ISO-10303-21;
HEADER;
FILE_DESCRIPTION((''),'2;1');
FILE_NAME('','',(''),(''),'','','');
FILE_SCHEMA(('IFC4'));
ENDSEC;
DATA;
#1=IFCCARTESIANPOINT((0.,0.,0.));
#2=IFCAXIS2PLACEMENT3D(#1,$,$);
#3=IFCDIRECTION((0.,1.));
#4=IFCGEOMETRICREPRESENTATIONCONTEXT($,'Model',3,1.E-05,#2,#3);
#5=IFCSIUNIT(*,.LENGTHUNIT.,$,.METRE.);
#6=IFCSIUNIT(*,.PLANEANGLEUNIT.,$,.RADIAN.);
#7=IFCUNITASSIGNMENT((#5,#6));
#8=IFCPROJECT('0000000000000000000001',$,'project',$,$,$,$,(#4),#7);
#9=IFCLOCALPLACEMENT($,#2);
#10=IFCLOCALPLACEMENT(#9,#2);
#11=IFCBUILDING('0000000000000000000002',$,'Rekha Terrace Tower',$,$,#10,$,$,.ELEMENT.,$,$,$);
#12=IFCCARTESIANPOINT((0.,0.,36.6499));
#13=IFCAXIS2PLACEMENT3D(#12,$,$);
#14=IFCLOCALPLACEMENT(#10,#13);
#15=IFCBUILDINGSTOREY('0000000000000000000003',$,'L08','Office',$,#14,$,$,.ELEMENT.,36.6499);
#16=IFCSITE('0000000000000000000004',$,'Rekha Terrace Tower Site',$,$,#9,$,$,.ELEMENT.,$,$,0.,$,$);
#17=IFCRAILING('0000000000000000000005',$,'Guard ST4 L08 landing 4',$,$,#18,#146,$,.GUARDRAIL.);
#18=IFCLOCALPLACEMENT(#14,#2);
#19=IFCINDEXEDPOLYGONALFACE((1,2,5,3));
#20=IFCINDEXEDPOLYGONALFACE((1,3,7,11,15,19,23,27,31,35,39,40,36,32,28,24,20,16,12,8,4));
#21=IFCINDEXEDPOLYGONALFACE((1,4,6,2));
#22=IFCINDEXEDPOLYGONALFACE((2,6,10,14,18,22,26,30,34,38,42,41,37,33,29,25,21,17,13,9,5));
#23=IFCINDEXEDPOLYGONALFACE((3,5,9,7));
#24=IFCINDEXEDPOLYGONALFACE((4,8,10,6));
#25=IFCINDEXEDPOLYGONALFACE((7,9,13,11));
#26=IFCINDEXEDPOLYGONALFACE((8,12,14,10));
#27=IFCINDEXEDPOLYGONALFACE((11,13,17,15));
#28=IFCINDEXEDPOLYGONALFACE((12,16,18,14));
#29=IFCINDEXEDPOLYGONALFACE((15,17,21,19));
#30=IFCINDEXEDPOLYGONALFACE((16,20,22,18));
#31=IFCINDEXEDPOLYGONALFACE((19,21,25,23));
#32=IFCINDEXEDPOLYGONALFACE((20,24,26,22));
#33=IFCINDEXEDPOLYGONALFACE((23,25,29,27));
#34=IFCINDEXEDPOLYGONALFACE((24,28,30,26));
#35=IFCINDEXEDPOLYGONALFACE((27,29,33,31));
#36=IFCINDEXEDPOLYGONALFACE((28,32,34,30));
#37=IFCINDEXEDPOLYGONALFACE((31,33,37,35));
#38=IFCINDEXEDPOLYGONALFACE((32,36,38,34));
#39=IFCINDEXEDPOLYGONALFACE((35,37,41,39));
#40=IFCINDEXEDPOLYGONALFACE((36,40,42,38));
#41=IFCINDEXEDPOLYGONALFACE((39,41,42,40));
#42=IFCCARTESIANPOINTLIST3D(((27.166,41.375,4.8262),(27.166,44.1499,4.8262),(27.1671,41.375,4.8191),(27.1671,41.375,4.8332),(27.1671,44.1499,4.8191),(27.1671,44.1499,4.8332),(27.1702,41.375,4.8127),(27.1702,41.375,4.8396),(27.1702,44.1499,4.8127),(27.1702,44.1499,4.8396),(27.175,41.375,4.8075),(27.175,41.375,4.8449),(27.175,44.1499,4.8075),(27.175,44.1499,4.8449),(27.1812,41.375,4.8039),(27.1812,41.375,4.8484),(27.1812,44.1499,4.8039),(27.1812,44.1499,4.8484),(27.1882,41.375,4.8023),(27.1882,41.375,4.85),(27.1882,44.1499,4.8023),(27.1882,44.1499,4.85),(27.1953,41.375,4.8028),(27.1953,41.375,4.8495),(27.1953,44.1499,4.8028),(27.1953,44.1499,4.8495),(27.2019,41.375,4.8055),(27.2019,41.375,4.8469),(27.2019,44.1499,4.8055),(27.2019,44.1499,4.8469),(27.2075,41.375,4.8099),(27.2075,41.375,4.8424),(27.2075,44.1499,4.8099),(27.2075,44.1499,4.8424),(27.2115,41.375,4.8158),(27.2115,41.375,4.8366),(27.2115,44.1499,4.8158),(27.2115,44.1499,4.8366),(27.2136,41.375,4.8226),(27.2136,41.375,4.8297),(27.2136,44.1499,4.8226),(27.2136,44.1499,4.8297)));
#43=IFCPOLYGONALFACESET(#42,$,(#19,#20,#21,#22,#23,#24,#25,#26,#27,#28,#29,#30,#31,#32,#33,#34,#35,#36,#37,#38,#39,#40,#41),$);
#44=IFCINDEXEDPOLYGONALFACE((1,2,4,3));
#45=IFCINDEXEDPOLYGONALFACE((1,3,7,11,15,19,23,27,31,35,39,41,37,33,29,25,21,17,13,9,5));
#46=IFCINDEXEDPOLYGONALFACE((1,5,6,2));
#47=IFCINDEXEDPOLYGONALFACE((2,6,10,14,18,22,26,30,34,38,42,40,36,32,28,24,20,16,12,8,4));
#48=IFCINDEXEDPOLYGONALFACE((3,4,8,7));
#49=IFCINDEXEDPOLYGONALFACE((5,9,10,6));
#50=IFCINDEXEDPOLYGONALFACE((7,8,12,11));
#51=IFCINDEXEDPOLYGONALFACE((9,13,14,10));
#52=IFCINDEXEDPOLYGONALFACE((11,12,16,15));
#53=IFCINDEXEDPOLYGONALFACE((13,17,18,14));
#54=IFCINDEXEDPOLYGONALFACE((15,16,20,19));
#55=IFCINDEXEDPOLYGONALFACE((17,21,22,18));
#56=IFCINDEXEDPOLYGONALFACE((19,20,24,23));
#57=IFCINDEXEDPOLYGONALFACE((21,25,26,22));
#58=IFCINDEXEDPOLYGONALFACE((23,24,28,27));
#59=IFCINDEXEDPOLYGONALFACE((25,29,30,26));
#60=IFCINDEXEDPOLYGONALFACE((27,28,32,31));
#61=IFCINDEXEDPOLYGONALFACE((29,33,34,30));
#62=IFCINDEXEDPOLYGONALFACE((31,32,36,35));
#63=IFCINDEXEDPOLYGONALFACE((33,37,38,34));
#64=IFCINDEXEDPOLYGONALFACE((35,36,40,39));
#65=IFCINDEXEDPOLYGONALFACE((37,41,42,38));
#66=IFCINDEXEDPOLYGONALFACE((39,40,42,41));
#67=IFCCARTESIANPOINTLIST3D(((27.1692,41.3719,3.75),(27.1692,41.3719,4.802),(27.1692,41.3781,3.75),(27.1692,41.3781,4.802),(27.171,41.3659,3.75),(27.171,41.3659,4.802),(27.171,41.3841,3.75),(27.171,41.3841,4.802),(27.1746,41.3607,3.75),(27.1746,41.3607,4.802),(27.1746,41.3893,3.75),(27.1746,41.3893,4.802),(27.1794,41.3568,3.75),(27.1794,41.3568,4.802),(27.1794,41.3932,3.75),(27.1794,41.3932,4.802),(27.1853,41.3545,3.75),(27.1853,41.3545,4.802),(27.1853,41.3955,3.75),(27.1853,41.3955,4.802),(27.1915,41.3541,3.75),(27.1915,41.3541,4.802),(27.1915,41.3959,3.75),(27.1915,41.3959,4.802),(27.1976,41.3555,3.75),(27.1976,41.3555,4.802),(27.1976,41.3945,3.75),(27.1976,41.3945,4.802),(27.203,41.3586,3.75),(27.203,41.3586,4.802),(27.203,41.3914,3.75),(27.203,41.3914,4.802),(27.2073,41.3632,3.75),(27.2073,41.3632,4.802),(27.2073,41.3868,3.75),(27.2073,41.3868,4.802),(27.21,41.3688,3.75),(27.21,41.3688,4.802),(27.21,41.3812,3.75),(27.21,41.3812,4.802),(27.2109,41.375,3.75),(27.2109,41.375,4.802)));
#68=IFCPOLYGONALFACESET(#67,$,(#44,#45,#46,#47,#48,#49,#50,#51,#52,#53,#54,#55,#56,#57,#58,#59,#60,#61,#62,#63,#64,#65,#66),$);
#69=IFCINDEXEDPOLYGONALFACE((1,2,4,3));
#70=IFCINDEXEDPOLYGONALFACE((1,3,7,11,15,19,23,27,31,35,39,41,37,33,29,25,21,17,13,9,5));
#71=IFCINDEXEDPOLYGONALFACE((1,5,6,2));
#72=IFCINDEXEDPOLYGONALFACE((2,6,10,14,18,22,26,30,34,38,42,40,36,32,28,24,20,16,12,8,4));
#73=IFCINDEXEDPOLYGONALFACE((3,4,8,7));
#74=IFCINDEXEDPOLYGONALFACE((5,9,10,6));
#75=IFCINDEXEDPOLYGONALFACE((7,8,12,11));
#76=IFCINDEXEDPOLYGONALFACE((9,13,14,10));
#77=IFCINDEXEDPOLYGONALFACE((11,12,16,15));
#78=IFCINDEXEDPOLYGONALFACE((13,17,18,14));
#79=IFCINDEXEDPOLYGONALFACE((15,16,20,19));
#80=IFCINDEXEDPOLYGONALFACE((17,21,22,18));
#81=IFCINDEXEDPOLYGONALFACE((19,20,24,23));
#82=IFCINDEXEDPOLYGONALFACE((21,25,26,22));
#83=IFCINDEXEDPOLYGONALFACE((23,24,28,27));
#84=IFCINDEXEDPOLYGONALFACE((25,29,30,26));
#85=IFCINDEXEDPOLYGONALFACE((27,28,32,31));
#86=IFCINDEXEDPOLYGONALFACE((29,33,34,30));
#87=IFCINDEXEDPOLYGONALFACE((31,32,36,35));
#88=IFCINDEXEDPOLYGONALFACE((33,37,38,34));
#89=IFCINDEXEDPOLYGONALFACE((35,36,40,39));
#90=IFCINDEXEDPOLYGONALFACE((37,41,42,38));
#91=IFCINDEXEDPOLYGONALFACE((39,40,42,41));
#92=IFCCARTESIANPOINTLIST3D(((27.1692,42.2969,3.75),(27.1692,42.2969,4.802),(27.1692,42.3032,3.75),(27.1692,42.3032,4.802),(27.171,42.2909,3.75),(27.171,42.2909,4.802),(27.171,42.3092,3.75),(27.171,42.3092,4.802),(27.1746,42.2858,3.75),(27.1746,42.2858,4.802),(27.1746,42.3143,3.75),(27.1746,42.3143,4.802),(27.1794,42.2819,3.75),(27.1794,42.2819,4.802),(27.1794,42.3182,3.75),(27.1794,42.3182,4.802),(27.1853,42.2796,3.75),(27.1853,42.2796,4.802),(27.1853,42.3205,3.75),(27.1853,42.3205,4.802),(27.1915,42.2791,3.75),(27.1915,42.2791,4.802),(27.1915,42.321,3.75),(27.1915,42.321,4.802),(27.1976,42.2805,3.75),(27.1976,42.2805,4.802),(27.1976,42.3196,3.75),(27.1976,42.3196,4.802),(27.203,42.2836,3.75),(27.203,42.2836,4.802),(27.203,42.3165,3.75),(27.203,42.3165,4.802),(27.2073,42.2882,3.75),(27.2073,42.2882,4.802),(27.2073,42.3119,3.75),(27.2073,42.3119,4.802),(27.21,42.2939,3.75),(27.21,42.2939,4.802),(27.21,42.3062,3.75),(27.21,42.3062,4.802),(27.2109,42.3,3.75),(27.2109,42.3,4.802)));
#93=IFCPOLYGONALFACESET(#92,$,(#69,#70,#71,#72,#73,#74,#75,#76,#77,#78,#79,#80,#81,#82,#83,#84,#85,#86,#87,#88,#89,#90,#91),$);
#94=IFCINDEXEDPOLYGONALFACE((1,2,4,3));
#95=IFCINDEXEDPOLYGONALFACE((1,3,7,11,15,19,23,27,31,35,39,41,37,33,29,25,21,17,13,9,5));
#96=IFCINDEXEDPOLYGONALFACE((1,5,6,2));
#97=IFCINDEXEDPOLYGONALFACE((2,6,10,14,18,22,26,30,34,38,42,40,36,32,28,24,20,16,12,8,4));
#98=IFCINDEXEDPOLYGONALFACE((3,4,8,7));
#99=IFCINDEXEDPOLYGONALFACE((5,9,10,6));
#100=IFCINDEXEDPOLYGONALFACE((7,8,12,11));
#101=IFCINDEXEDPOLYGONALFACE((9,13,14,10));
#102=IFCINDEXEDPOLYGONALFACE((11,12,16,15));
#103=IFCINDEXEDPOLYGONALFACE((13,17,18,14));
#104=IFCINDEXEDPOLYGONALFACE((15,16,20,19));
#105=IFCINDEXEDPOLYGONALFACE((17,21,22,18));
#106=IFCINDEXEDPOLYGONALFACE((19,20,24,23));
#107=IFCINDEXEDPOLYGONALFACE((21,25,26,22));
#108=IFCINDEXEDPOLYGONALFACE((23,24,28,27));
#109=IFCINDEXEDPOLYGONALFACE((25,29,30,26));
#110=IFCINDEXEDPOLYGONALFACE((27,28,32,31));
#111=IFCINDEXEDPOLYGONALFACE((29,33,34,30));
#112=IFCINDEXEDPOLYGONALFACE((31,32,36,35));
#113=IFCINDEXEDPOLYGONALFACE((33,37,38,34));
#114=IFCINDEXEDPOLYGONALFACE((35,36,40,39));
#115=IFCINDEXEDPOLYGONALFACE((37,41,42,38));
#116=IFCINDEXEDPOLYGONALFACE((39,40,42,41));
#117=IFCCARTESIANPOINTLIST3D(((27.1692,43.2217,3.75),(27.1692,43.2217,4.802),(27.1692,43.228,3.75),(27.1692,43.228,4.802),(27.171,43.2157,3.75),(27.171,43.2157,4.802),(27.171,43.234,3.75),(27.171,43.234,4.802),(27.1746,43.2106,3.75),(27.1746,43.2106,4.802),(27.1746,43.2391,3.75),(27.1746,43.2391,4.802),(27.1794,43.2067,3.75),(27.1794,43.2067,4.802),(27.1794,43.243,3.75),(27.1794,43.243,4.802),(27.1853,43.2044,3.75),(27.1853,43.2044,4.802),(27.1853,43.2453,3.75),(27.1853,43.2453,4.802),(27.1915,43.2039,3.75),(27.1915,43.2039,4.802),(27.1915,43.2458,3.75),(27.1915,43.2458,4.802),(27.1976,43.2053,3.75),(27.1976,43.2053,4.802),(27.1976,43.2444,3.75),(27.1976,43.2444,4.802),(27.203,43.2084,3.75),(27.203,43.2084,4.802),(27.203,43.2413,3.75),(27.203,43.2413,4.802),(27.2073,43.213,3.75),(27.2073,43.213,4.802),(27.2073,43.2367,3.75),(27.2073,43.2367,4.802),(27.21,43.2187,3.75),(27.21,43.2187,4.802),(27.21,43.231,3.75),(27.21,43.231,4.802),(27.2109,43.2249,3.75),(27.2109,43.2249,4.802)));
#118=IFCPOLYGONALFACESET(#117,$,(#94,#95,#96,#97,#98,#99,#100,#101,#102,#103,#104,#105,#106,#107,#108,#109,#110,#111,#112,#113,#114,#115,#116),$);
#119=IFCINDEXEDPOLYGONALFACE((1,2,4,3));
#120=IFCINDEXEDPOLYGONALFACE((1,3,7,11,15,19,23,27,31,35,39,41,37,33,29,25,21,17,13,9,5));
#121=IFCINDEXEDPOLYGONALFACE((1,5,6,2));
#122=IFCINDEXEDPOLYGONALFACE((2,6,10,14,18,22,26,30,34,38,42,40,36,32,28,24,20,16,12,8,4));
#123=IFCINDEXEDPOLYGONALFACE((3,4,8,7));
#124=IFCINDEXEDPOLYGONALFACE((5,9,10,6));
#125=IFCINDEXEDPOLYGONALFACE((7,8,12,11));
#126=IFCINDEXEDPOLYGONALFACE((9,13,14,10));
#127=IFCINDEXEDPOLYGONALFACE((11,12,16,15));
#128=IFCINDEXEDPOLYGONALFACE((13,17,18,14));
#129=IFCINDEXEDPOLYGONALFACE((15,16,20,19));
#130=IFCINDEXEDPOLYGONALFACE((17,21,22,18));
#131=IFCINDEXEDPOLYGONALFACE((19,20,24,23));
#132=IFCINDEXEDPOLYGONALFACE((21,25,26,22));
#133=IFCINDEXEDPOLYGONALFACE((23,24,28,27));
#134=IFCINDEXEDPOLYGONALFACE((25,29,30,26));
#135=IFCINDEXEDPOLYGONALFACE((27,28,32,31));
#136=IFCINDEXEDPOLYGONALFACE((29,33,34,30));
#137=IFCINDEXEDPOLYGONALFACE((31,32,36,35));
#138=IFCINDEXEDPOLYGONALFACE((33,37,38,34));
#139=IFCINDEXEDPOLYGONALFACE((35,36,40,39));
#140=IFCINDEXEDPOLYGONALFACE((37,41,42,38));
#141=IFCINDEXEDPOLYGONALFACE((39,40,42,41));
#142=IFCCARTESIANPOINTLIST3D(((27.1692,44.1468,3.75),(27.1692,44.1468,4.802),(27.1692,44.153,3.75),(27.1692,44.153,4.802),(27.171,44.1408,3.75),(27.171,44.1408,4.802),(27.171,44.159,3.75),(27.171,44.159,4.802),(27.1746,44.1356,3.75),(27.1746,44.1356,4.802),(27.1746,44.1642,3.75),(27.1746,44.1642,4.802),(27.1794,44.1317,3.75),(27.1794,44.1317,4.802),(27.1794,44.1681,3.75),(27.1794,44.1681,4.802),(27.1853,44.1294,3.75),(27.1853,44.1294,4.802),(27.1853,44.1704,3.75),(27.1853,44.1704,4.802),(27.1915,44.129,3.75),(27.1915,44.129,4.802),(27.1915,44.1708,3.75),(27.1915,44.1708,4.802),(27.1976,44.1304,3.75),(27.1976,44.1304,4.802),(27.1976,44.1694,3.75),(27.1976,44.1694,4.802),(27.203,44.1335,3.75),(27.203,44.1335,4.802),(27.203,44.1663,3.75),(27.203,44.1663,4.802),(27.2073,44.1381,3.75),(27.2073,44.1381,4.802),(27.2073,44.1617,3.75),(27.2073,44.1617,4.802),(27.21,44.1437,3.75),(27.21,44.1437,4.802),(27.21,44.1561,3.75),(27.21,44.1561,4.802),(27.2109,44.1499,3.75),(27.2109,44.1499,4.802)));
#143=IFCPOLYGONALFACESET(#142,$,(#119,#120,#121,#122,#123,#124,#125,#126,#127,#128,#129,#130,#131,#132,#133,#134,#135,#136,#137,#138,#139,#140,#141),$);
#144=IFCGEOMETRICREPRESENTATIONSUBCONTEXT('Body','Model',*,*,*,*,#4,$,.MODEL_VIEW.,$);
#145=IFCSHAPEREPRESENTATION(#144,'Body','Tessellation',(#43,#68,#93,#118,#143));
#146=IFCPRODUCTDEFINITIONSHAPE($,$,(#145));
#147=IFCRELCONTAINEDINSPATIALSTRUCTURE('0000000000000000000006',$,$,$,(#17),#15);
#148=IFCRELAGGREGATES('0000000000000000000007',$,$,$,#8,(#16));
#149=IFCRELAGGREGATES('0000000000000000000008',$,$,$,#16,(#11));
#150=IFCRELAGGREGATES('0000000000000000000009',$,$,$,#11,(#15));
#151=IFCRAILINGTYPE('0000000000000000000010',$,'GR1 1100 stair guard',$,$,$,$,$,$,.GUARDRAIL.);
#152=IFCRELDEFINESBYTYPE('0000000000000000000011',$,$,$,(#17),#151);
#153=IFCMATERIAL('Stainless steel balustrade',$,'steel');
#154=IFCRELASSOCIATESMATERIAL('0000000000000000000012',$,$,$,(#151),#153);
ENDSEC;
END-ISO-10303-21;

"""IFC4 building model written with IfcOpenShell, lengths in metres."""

from ifc_helpers import new_model, si_unit, direction, frame, origin, origin_2d, place, context, subcontext, project, spatial, circle, extrude, material, type_object, element, save


model = new_model("IFC4")

# Units and contexts
model_context = context("Model", 3, precision=1e-05, world=origin(), true_north=direction((0.0, 1.0)))
body_context = subcontext(model_context, "Body", "Model", "MODEL_VIEW")
ifc_project = project(units=[si_unit("LENGTHUNIT", "METRE"), si_unit("PLANEANGLEUNIT", "RADIAN")], contexts=[model_context])

# Site, building, storey
site_placement = place(None, origin())
site = spatial("IfcSite", under=ifc_project, at=site_placement, Name="Rekha Terrace Tower Site", CompositionType="ELEMENT", RefElevation=0.0)
building_placement = place(site_placement, origin())
building = spatial("IfcBuilding", under=site, at=building_placement, Name="Rekha Terrace Tower", CompositionType="ELEMENT")
storey_placement = place(building_placement, frame((0.0, 0.0, 36.6499)))
storey = spatial("IfcBuildingStorey", under=building, at=storey_placement, Name="L08", Description="Office", CompositionType="ELEMENT", Elevation=36.6499)

# Railing
ifc_material_1 = material(Name="Stainless steel balustrade", Category="steel")
railing_type_1 = type_object("IfcRailingType", Name="GR1 1100 stair guard", PredefinedType="GUARDRAIL", material=ifc_material_1)
railing_1_placement = place(storey_placement, frame((27.1899, 41.375, 3.75)))
element("IfcRailing", 1, at=railing_1_placement, inside=storey, type_object=railing_type_1, Name="Guard ST4 L08 landing 4", PredefinedType="GUARDRAIL", context=body_context, shape_type="SweptSolid", body=[
    extrude(circle(Radius=0.0239, at=origin_2d()), frame((0.0, 0.0, 1.0762), z_axis=(0.0, 1.0, 0.0), x_axis=(-1.0, 0.0, 0.0)), (0.0, 0.0, 1.0), 2.7749),
    extrude(circle(Radius=0.021, at=origin_2d()), origin(), (0.0, 0.0, 1.0), 1.052),
    extrude(circle(Radius=0.021, at=origin_2d()), frame((0.0, 0.925, 0.0)), (0.0, 0.0, 1.0), 1.052),
    extrude(circle(Radius=0.021, at=origin_2d()), frame((0.0, 1.8499, 0.0)), (0.0, 0.0, 1.0), 1.052),
    extrude(circle(Radius=0.021, at=origin_2d()), frame((0.0, 2.7749, 0.0)), (0.0, 0.0, 1.0), 1.052),
])

save(model, "model.ifc")
